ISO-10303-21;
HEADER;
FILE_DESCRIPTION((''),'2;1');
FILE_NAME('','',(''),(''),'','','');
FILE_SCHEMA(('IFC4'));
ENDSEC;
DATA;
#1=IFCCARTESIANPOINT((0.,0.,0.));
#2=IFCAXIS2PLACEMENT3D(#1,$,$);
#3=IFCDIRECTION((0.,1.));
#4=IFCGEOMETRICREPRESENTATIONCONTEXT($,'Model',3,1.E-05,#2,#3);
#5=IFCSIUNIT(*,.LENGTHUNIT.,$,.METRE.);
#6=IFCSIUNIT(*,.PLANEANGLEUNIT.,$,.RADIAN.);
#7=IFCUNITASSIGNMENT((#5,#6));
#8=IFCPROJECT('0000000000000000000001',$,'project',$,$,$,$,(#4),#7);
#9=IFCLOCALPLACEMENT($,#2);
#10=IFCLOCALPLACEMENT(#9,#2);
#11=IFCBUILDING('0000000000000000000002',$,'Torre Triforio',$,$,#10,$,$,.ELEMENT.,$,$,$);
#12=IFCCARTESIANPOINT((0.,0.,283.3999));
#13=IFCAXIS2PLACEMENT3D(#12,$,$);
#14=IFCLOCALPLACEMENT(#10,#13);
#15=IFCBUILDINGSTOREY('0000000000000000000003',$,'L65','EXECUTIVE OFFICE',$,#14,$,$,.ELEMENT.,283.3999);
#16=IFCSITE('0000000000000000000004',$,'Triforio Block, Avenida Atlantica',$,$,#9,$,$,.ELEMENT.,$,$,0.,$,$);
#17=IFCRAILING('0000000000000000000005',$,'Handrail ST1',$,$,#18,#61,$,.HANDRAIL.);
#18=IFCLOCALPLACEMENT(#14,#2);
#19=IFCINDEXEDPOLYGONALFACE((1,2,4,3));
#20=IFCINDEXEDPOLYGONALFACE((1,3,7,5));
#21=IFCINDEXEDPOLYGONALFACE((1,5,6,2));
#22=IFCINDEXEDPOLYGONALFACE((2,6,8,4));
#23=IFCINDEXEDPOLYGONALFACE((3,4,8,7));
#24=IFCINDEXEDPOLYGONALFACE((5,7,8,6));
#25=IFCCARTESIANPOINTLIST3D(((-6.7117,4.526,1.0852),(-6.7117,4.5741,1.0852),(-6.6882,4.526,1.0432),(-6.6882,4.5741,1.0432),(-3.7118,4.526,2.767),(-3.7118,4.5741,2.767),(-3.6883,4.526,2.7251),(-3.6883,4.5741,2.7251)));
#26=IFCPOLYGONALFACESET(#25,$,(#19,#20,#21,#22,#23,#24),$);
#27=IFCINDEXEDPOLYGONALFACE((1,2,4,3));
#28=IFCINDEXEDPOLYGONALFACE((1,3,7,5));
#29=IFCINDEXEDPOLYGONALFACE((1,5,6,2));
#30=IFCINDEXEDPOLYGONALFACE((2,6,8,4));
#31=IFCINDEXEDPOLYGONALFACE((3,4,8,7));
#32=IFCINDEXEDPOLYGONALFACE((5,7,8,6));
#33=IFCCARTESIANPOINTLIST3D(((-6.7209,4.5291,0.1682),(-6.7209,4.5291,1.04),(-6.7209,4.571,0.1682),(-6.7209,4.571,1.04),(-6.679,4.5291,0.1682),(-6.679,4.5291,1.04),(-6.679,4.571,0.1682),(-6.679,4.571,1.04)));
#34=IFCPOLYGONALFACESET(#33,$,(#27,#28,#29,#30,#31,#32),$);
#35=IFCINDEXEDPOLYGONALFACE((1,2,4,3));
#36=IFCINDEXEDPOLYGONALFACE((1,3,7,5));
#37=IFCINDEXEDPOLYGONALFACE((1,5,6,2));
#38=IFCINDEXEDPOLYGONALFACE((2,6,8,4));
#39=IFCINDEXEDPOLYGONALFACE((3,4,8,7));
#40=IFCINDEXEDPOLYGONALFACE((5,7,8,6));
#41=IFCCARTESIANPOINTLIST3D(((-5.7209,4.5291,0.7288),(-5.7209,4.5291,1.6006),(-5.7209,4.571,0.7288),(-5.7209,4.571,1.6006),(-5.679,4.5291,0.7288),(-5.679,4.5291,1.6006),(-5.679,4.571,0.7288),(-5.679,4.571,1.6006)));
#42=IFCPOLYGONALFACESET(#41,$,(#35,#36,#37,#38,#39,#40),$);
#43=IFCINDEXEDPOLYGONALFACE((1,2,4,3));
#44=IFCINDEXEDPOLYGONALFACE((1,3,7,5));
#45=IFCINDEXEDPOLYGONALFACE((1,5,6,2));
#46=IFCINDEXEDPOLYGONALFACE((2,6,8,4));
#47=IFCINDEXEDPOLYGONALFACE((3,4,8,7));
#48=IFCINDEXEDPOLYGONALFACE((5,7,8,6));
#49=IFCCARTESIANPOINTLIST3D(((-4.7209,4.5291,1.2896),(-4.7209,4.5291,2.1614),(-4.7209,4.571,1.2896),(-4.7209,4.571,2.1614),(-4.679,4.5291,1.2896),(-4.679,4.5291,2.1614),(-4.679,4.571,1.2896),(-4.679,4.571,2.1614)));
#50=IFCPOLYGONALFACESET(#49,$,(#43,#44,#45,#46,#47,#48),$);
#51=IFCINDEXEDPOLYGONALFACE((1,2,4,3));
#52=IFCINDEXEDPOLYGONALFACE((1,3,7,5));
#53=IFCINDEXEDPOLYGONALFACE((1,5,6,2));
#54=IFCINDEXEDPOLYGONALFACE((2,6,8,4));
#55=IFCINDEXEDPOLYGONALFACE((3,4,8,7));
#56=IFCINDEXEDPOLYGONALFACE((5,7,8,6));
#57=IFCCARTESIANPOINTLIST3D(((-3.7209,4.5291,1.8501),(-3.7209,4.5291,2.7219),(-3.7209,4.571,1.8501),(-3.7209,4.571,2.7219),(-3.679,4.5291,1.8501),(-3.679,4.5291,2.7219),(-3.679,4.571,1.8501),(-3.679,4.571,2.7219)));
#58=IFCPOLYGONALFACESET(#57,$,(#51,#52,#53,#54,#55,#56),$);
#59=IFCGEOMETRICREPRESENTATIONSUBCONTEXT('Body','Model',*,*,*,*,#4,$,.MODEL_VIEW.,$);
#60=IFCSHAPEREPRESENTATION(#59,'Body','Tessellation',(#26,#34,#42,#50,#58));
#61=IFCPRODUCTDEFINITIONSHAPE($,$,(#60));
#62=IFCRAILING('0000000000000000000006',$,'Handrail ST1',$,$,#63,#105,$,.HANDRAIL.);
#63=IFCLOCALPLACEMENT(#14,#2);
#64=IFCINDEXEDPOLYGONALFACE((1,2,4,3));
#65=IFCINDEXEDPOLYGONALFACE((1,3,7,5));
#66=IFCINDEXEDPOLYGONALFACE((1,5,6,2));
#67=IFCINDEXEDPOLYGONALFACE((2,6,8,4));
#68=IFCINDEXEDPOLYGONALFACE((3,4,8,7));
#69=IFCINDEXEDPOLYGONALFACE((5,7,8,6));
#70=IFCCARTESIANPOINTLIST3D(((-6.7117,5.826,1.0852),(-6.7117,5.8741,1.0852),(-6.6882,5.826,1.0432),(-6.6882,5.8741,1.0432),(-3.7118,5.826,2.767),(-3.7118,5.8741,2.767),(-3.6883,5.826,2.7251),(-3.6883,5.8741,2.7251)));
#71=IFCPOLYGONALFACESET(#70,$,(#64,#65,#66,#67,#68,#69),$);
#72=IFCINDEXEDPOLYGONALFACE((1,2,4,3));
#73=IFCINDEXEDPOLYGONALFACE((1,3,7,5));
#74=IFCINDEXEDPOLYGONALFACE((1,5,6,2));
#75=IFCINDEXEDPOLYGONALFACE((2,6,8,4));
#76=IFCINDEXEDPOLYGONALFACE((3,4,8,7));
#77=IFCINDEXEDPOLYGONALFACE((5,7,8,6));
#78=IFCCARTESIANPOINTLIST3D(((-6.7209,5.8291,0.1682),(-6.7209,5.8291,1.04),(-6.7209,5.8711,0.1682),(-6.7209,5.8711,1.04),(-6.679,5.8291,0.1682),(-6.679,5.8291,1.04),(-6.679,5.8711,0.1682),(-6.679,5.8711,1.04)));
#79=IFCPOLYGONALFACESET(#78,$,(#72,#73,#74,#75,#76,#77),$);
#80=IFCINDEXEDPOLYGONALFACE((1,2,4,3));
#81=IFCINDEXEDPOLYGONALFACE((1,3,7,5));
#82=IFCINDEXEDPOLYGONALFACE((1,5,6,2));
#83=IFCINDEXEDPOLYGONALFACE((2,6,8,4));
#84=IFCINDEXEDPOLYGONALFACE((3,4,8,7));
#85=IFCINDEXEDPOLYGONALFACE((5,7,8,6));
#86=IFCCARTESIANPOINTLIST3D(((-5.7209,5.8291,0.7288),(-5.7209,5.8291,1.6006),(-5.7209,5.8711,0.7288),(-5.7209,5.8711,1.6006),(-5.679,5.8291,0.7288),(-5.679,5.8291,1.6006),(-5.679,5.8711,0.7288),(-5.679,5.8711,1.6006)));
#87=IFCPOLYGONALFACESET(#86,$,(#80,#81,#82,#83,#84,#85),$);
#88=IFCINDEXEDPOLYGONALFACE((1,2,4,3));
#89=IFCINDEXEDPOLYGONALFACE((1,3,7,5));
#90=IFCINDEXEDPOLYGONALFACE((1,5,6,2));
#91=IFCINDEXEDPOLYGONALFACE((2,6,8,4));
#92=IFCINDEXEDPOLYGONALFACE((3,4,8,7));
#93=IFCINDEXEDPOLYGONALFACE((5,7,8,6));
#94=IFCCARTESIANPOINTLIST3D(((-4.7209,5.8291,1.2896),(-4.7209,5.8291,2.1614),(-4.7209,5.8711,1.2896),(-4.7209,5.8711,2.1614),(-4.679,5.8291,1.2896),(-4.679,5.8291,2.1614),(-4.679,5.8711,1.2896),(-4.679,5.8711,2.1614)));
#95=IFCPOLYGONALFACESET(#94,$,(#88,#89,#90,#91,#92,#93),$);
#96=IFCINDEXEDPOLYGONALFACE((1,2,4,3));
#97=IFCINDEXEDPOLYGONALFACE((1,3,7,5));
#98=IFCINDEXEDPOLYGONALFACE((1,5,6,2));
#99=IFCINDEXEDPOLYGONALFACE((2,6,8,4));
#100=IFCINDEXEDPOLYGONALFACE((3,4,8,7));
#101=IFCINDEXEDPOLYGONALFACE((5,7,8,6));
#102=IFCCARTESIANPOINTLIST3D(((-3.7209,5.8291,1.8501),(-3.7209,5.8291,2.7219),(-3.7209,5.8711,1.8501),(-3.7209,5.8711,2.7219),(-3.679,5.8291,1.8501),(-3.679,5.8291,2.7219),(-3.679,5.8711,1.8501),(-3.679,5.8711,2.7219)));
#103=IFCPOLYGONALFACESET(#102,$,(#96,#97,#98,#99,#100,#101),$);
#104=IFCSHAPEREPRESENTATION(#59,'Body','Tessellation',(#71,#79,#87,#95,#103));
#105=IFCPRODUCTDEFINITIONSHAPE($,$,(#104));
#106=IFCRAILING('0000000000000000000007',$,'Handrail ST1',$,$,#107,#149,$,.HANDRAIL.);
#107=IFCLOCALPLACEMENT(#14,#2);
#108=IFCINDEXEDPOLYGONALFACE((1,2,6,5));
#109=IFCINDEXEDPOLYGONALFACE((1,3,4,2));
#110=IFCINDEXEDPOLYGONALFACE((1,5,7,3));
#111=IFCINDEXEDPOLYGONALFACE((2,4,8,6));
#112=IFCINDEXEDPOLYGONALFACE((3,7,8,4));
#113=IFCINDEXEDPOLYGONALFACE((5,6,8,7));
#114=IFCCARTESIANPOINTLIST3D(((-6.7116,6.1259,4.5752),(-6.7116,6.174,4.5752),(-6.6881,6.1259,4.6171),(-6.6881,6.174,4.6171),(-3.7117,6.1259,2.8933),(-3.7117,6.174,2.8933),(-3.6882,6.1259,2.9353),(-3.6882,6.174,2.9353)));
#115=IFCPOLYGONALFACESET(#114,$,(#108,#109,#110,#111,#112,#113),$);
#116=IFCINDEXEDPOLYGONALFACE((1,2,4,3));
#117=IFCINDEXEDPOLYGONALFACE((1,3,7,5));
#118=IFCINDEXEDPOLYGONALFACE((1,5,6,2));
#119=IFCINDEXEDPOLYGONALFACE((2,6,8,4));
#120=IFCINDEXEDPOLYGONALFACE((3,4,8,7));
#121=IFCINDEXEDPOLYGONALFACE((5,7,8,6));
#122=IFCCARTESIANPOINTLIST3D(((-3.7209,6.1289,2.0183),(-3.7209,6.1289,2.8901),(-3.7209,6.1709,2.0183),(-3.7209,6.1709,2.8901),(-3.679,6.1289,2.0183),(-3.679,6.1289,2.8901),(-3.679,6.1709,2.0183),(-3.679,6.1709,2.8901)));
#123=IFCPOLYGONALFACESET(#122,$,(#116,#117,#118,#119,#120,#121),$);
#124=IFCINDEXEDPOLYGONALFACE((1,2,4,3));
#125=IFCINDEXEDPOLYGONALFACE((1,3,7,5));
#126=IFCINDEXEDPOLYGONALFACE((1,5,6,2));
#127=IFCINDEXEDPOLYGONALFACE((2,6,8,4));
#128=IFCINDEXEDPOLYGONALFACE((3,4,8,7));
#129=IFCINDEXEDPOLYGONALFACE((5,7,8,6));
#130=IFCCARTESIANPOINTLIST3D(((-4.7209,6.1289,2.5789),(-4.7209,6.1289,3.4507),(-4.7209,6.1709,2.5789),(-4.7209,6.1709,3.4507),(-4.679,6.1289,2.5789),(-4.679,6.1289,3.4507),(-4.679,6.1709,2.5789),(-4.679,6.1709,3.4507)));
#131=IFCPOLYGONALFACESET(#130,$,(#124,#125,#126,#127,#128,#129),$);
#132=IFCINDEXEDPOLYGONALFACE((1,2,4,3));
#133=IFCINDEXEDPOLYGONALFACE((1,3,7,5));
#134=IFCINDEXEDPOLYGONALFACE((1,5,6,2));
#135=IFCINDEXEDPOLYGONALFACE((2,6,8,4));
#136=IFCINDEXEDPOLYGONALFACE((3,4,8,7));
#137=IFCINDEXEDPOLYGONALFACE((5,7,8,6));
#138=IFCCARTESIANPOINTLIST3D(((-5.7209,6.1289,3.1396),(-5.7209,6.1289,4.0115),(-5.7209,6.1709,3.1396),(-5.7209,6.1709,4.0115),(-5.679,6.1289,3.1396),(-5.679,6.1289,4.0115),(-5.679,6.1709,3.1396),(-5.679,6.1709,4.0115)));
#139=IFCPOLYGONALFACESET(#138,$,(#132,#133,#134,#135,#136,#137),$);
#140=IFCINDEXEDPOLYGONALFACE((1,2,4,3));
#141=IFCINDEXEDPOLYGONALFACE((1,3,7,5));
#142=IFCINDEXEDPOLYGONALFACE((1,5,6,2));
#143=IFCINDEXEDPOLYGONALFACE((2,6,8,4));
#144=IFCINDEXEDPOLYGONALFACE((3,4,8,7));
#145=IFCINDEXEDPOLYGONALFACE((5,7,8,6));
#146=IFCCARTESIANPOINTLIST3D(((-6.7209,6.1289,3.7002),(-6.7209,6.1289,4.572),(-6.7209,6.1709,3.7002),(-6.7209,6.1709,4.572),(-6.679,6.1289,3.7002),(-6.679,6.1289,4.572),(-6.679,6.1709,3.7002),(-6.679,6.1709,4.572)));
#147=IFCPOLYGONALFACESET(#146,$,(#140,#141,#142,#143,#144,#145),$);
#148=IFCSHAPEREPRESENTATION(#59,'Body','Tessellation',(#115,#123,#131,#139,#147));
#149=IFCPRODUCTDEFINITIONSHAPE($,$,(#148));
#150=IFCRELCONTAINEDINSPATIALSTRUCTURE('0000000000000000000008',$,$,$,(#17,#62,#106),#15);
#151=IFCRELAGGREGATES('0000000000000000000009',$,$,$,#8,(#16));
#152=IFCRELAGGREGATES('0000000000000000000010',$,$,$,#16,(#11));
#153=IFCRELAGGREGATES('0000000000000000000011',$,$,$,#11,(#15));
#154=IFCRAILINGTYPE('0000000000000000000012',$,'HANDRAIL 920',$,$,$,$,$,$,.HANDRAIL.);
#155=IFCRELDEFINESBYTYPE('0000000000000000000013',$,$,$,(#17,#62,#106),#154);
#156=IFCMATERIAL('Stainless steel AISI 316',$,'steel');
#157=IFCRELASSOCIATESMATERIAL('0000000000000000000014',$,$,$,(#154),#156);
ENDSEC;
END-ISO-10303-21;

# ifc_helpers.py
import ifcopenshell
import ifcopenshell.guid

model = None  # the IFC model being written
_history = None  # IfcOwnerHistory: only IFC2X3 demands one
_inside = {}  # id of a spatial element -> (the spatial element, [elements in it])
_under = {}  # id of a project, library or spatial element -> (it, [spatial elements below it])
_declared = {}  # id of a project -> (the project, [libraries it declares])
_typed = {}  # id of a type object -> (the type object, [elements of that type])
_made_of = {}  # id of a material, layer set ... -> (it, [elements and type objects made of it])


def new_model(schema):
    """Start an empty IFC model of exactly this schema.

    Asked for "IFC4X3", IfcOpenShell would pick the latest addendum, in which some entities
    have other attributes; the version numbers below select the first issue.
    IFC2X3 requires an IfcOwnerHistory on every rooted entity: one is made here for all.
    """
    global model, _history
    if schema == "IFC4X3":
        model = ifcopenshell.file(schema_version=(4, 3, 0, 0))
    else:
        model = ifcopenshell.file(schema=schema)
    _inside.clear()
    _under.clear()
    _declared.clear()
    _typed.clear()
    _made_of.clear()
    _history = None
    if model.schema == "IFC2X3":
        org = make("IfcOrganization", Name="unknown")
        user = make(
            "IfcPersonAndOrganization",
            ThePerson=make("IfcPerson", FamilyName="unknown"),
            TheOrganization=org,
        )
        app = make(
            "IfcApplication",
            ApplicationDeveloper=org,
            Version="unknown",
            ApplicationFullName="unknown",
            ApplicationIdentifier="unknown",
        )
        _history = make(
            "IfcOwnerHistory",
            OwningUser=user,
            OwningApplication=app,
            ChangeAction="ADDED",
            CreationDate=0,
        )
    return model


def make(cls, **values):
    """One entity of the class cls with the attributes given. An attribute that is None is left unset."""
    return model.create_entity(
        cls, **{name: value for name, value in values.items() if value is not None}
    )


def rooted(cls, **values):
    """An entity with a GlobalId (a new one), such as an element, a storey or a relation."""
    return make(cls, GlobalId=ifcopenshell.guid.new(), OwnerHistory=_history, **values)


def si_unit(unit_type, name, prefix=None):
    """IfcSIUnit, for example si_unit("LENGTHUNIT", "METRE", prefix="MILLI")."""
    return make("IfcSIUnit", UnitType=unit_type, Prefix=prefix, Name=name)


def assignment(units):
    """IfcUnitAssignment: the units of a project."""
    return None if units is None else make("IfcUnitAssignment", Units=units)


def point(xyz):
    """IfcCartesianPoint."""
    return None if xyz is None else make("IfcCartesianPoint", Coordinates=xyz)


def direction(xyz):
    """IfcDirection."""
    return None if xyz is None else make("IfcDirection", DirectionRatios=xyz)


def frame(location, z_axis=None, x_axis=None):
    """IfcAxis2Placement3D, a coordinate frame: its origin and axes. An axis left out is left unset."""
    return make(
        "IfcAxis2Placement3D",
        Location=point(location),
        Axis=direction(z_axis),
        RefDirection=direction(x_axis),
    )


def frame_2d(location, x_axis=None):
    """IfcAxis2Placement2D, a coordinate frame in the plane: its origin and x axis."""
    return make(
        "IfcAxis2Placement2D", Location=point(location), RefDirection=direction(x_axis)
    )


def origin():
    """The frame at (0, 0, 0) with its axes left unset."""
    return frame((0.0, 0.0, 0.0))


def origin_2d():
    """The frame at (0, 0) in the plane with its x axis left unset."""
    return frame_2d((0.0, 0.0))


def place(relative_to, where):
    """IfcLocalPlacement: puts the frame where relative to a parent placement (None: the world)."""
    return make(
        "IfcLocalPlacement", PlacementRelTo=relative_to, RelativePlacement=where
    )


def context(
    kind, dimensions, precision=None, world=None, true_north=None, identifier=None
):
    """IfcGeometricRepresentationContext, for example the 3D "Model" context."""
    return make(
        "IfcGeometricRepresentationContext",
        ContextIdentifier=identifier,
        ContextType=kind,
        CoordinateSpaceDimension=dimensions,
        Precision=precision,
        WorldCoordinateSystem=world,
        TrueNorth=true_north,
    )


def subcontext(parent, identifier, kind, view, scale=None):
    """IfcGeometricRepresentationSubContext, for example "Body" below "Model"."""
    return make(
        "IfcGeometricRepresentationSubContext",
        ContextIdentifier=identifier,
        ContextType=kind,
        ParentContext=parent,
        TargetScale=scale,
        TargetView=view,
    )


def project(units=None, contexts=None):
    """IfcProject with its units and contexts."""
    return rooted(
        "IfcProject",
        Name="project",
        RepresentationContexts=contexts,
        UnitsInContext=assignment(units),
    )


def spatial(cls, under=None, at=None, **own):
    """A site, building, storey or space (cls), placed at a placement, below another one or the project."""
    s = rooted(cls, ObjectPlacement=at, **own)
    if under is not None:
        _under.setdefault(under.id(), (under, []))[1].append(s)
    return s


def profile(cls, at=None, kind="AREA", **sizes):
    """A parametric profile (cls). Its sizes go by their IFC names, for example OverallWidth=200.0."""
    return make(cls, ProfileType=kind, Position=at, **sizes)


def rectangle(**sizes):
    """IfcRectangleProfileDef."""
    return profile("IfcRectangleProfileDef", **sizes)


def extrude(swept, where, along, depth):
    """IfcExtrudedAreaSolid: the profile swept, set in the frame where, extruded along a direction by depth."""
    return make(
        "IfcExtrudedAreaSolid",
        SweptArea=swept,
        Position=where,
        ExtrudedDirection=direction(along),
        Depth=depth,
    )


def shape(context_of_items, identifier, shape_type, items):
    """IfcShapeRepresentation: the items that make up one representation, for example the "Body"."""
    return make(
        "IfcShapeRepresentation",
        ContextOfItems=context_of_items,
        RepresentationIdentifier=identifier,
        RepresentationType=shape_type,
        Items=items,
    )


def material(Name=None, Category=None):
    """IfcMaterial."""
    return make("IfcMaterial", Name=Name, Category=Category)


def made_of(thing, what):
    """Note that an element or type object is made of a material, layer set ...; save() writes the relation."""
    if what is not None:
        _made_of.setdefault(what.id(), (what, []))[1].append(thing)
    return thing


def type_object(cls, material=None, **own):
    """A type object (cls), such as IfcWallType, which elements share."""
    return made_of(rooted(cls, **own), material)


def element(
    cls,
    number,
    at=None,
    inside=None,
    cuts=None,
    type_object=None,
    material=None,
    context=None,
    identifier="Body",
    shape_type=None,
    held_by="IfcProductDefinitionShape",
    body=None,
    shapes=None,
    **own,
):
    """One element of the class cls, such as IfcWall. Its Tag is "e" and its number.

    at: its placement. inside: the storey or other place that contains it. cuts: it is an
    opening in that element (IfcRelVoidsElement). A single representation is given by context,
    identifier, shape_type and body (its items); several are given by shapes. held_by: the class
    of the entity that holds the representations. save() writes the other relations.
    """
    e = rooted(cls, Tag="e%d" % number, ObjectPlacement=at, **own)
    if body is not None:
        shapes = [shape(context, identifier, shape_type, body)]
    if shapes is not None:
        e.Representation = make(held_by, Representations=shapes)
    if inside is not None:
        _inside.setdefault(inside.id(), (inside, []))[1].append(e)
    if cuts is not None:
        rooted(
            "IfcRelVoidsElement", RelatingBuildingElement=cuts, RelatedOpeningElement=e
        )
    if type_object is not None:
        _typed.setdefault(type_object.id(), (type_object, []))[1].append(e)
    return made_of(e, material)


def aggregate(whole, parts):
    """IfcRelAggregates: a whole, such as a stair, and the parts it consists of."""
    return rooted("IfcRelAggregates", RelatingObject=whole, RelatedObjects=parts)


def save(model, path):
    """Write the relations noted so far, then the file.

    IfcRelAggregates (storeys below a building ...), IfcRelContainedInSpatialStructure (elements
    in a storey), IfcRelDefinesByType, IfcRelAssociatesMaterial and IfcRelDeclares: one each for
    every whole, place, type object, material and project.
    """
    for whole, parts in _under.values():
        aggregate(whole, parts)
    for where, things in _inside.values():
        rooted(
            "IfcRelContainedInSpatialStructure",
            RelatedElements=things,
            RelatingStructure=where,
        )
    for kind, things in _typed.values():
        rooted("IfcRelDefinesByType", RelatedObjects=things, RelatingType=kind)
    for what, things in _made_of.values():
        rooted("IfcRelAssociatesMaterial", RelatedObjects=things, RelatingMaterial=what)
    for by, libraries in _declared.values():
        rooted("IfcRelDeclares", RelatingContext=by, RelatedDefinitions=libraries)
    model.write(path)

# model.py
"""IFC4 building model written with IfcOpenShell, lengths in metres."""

from ifc_helpers import new_model, si_unit, direction, frame, origin, origin_2d, place, context, subcontext, project, spatial, rectangle, extrude, material, type_object, element, save


model = new_model("IFC4")

# Units and contexts
model_context = context("Model", 3, precision=1e-05, world=origin(), true_north=direction((0.0, 1.0)))
body_context = subcontext(model_context, "Body", "Model", "MODEL_VIEW")
ifc_project = project(units=[si_unit("LENGTHUNIT", "METRE"), si_unit("PLANEANGLEUNIT", "RADIAN")], contexts=[model_context])

# Site, building, storey
site_placement = place(None, origin())
site = spatial("IfcSite", under=ifc_project, at=site_placement, Name="Triforio Block, Avenida Atlantica", CompositionType="ELEMENT", RefElevation=0.0)
building_placement = place(site_placement, origin())
building = spatial("IfcBuilding", under=site, at=building_placement, Name="Torre Triforio", CompositionType="ELEMENT")
storey_placement = place(building_placement, frame((0.0, 0.0, 283.3999)))
storey = spatial("IfcBuildingStorey", under=building, at=storey_placement, Name="L65", Description="EXECUTIVE OFFICE", CompositionType="ELEMENT", Elevation=283.3999)

# Railings
ifc_material_1 = material(Name="Stainless steel AISI 316", Category="steel")
railing_type = type_object("IfcRailingType", Name="HANDRAIL 920", PredefinedType="HANDRAIL", material=ifc_material_1)
for number, where, name in (
    (1, (-6.7, 4.55, 0.1682), "Handrail ST1"),
    (2, (-6.7, 5.8501, 0.1682), "Handrail ST1"),
):
    element("IfcRailing", number, at=place(storey_placement, frame(where)), inside=storey, type_object=railing_type, Name=name, PredefinedType="HANDRAIL", context=body_context, shape_type="SweptSolid", body=[
        extrude(rectangle(XDim=0.0481, YDim=0.0481, at=origin_2d()), frame((0.0, 0.0, 0.896), z_axis=(0.872272, 0.0, 0.48902), x_axis=(0.0, 1.0, 0.0)), (0.0, 0.0, 1.0), 3.4392),
        extrude(rectangle(XDim=0.042, YDim=0.042, at=origin_2d()), origin(), (0.0, 0.0, 1.0), 0.8718),
        extrude(rectangle(XDim=0.042, YDim=0.042, at=origin_2d()), frame((1.0, 0.0, 0.5605)), (0.0, 0.0, 1.0), 0.8718),
        extrude(rectangle(XDim=0.042, YDim=0.042, at=origin_2d()), frame((2.0, 0.0, 1.1213)), (0.0, 0.0, 1.0), 0.8718),
        extrude(rectangle(XDim=0.042, YDim=0.042, at=origin_2d()), frame((3.0, 0.0, 1.6819)), (0.0, 0.0, 1.0), 0.8718),
    ])
railing_placement = place(storey_placement, frame((-3.7, 6.1499, 2.0183)))
element("IfcRailing", 3, at=railing_placement, inside=storey, type_object=railing_type, Name="Handrail ST1", PredefinedType="HANDRAIL", context=body_context, shape_type="SweptSolid", body=[
    extrude(rectangle(XDim=0.0481, YDim=0.0481, at=origin_2d()), frame((0.0, 0.0, 0.896), z_axis=(-0.872272, 0.0, 0.48902), x_axis=(0.0, -1.0, 0.0)), (0.0, 0.0, 1.0), 3.4392),
    extrude(rectangle(XDim=0.042, YDim=0.042, at=origin_2d()), origin(), (0.0, 0.0, 1.0), 0.8718),
    extrude(rectangle(XDim=0.042, YDim=0.042, at=origin_2d()), frame((-1.0, 0.0, 0.5605)), (0.0, 0.0, 1.0), 0.8718),
    extrude(rectangle(XDim=0.042, YDim=0.042, at=origin_2d()), frame((-2.0, 0.0, 1.1213)), (0.0, 0.0, 1.0), 0.8718),
    extrude(rectangle(XDim=0.042, YDim=0.042, at=origin_2d()), frame((-3.0, 0.0, 1.6819)), (0.0, 0.0, 1.0), 0.8718),
])

save(model, "model.ifc")
